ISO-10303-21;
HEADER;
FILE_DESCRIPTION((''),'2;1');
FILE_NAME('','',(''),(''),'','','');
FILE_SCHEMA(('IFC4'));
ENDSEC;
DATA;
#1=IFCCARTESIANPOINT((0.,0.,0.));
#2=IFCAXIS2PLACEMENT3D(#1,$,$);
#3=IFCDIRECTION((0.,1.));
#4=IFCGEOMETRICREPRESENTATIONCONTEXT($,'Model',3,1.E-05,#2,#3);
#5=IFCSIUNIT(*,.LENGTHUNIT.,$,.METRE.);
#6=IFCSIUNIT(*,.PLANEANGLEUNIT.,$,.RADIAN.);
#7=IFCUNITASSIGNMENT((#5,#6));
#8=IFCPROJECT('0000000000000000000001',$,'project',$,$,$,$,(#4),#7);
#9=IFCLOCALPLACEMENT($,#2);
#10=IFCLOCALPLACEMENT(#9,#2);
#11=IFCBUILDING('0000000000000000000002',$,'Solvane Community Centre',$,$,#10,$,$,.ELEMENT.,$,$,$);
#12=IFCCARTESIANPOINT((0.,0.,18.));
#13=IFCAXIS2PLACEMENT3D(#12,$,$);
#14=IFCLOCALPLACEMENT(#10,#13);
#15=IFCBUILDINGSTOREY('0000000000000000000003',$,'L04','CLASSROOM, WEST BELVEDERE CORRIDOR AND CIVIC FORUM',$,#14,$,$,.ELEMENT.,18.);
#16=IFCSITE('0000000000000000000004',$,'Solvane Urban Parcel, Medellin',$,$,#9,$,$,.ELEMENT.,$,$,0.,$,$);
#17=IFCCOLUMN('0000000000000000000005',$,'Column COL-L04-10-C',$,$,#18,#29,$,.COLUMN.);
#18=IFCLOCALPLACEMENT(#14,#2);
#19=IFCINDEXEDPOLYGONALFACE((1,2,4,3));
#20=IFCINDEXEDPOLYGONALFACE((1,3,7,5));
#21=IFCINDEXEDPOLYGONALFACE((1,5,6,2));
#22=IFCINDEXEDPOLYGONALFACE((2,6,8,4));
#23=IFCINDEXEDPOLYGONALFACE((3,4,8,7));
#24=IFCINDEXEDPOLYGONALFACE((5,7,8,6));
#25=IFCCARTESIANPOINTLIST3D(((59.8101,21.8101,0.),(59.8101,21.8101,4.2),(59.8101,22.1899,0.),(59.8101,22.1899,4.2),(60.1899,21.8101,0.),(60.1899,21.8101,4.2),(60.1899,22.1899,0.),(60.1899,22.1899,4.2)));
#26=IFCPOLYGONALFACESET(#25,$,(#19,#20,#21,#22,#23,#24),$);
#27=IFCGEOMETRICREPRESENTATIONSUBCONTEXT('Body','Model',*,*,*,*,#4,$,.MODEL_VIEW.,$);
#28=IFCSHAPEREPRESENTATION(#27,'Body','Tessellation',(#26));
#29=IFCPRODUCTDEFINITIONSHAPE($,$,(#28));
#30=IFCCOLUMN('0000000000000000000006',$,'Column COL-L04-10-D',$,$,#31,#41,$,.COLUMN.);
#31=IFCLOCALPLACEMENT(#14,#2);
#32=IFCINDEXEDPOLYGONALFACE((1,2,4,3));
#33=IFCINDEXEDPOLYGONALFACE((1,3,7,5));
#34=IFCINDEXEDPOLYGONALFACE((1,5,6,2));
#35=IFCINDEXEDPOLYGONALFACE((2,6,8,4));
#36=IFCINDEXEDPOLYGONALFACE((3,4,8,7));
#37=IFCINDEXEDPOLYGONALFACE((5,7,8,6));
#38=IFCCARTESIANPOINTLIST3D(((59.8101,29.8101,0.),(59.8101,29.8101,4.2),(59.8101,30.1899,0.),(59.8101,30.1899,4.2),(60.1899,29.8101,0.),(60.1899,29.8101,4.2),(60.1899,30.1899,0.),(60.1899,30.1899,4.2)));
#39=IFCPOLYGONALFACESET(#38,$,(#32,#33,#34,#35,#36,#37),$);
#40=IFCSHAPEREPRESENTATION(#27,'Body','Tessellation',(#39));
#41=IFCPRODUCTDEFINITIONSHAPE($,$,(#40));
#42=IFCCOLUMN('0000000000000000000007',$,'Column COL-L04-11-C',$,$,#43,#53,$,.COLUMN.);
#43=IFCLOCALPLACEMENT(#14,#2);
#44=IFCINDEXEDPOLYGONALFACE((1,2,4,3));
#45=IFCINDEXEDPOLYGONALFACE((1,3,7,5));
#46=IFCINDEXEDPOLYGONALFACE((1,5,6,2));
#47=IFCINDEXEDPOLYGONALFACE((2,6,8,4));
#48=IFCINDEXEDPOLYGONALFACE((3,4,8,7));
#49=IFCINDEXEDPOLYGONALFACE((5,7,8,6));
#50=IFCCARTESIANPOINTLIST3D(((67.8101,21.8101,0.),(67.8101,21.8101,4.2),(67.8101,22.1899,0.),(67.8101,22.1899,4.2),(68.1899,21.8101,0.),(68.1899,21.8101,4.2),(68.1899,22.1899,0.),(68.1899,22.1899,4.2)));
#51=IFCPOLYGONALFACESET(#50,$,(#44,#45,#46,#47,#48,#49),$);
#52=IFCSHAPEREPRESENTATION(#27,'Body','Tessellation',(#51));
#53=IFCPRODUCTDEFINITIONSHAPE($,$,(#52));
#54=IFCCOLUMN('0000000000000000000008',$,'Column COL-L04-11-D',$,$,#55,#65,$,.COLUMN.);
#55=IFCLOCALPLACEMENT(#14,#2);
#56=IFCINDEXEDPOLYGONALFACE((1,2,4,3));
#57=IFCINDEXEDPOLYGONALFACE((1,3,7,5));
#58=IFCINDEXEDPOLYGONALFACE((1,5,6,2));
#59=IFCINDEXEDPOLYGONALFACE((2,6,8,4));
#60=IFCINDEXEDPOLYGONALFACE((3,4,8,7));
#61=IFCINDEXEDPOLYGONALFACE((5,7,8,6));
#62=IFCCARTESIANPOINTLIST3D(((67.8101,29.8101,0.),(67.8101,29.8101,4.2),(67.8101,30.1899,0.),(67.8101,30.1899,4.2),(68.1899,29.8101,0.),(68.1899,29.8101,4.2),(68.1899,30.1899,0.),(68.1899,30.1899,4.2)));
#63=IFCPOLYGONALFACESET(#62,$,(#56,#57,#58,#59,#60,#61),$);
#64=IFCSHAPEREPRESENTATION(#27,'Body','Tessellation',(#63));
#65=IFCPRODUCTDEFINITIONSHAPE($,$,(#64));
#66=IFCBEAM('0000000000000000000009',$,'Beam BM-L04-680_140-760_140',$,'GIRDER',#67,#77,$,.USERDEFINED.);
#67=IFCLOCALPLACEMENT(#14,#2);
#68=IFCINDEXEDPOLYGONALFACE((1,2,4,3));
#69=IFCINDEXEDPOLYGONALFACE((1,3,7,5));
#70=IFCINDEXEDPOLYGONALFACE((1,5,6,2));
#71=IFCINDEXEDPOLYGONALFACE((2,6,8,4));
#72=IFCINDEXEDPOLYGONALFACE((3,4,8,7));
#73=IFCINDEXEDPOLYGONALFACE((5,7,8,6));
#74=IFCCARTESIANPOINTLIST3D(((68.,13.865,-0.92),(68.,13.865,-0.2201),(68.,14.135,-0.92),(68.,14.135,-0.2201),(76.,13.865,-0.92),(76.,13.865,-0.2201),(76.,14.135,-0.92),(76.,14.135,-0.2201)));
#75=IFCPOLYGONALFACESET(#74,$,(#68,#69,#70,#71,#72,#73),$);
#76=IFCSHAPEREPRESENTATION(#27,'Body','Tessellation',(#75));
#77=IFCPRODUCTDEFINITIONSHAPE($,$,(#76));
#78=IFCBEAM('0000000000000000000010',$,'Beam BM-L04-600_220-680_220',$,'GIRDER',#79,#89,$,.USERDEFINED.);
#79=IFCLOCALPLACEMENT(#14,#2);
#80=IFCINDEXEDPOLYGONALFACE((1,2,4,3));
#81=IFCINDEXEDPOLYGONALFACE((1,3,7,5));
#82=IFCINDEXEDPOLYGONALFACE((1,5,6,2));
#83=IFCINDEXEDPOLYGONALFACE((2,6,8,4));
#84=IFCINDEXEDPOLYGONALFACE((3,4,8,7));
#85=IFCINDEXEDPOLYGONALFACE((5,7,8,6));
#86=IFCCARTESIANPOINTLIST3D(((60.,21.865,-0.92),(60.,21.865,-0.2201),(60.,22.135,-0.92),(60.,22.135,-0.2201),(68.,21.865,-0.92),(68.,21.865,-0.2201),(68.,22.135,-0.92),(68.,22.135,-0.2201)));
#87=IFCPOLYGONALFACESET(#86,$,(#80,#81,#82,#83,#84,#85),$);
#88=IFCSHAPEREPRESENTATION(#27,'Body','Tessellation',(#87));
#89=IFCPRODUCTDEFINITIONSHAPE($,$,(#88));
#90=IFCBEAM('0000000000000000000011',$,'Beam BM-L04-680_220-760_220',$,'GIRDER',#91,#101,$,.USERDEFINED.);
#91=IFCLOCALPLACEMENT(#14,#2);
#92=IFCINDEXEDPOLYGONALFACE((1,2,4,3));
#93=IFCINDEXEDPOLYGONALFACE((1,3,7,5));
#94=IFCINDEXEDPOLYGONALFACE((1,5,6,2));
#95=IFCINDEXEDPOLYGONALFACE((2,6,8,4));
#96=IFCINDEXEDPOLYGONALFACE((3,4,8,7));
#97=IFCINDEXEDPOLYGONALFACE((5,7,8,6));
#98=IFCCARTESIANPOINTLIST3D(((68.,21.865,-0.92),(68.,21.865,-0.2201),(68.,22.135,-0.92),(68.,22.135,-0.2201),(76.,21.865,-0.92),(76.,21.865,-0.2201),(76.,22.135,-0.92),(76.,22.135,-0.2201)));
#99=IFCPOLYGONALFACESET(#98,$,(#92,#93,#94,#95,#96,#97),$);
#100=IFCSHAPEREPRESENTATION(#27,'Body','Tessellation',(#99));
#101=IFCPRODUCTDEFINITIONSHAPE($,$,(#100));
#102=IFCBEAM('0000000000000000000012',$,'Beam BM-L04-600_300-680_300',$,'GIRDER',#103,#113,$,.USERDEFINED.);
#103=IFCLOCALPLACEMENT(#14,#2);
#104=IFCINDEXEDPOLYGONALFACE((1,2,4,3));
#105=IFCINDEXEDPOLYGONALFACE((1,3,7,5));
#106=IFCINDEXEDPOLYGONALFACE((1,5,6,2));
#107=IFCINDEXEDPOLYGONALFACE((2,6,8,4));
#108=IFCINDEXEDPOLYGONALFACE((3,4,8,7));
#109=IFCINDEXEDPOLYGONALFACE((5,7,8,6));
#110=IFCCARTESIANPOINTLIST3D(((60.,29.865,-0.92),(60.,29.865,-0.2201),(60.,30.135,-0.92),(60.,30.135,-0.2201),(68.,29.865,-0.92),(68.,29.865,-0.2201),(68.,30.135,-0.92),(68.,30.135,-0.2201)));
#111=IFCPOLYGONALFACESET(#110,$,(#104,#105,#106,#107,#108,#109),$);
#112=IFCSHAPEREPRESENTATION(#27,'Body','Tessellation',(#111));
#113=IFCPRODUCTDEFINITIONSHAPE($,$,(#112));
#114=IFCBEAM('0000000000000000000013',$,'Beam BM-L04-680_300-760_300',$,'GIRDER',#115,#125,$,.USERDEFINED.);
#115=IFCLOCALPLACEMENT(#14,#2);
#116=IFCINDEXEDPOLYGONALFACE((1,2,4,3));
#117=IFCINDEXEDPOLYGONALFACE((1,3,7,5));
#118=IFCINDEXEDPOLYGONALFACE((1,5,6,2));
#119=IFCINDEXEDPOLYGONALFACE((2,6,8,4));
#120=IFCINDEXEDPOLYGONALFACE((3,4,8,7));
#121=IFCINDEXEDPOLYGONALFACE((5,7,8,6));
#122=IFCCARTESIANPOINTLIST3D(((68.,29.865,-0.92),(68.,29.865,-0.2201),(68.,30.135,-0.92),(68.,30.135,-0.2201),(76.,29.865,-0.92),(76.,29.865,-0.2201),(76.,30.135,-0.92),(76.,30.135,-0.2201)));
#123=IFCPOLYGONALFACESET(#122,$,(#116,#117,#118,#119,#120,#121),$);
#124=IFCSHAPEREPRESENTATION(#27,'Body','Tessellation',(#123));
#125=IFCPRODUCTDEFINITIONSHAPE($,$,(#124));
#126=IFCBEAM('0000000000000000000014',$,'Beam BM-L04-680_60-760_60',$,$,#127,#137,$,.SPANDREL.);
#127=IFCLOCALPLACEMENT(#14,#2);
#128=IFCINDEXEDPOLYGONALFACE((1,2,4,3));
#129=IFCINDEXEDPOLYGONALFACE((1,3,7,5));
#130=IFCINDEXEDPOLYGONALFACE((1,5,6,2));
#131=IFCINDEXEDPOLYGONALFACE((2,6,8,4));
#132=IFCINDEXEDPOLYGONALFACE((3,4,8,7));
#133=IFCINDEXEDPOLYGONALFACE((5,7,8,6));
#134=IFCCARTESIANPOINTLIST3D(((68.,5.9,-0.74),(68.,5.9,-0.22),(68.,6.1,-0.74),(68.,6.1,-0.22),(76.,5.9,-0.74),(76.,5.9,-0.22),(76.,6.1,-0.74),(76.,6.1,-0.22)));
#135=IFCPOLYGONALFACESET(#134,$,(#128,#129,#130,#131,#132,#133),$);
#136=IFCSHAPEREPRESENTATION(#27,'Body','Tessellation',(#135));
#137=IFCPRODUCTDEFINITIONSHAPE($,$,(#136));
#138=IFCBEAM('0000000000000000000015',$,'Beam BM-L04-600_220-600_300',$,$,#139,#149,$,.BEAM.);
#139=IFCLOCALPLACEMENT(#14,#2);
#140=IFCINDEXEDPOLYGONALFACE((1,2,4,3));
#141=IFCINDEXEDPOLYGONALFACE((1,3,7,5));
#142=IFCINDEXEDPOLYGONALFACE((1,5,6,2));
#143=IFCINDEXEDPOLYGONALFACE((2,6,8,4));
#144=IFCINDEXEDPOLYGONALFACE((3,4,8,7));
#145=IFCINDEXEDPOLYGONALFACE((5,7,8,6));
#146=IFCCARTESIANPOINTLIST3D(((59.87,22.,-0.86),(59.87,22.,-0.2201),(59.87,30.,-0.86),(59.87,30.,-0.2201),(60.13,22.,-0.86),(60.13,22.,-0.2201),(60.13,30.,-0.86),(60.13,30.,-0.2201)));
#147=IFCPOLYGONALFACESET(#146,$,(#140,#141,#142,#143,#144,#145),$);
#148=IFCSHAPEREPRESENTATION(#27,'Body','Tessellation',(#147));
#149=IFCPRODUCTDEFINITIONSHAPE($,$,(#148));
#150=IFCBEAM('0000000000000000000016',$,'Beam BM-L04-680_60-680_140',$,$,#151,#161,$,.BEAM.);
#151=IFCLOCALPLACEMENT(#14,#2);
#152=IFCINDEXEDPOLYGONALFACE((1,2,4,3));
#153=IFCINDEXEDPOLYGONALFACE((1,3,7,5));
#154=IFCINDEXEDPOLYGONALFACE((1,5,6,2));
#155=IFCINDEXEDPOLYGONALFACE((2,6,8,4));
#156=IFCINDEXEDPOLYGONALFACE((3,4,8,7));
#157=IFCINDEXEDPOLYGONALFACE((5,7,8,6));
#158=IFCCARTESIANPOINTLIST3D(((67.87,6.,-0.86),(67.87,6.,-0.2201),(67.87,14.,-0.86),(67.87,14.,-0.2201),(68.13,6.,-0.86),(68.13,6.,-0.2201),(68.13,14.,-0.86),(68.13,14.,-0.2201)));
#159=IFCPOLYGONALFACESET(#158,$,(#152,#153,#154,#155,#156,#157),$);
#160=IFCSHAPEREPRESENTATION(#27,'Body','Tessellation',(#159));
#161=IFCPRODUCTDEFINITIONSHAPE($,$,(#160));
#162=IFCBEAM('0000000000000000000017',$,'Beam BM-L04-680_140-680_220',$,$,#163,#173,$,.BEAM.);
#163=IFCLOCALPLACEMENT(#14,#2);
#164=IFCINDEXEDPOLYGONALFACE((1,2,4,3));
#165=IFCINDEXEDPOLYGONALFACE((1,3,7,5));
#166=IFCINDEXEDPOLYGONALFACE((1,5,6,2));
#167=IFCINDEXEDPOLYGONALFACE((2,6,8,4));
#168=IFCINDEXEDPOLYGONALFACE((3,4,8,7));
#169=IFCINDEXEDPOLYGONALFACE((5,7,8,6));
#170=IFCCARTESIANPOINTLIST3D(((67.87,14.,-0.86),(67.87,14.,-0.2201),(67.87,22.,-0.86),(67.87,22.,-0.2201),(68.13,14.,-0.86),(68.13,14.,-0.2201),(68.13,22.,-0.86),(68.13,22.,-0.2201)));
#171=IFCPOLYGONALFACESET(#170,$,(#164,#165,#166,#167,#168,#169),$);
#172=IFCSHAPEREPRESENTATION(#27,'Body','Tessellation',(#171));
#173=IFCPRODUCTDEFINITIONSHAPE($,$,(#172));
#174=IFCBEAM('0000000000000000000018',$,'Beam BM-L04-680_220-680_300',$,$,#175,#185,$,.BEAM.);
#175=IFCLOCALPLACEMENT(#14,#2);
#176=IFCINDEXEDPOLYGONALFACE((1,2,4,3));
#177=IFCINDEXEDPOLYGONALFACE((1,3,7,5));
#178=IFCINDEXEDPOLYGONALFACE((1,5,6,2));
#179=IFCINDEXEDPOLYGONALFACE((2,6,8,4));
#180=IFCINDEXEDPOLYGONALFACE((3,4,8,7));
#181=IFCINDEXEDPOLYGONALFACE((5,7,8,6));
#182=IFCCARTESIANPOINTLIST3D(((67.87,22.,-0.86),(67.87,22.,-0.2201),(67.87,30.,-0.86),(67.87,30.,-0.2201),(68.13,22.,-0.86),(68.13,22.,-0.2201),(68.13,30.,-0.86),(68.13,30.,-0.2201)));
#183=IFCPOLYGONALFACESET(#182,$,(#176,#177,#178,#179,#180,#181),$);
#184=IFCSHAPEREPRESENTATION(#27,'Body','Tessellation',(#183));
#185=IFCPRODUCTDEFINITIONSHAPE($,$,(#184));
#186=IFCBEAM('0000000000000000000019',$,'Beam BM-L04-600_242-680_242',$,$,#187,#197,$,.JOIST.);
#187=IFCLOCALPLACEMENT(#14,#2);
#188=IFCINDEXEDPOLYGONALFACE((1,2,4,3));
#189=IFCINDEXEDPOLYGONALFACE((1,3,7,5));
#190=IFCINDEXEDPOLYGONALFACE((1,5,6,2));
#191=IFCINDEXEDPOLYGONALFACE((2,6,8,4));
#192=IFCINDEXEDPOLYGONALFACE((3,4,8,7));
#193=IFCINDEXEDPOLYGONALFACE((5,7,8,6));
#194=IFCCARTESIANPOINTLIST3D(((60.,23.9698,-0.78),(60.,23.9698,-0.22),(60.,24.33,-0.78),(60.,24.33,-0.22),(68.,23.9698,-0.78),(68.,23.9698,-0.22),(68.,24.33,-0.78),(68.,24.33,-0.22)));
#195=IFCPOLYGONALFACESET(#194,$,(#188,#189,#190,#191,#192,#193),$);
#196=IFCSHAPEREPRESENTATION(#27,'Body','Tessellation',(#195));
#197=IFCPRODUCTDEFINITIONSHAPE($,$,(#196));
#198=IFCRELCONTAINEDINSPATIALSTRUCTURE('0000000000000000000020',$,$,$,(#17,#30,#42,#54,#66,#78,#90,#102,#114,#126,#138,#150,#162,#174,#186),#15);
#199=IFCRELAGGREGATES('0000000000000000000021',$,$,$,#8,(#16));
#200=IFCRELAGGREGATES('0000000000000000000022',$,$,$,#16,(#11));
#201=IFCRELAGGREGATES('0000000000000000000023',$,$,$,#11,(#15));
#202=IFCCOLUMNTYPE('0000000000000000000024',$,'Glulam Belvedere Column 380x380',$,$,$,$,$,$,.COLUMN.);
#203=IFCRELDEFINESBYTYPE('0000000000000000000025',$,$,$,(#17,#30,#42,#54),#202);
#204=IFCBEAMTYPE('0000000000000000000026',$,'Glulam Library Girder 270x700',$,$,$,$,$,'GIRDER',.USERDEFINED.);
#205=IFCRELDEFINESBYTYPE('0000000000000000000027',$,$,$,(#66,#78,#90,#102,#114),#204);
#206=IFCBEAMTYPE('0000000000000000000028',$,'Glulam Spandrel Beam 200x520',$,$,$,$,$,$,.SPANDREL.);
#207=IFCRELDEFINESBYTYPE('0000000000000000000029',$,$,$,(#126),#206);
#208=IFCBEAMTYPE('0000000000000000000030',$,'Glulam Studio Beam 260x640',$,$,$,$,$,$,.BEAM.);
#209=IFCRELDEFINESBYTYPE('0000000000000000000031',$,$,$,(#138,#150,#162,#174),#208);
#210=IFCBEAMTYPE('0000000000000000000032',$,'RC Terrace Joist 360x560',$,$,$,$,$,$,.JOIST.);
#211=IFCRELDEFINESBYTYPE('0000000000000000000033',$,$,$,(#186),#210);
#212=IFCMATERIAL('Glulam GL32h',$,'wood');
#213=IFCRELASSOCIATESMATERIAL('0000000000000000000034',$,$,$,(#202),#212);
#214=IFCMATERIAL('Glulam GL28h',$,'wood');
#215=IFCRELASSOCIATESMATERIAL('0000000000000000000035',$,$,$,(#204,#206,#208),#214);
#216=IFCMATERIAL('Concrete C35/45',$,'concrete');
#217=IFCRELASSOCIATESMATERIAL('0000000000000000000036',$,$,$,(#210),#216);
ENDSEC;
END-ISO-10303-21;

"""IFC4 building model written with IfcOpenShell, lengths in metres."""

from ifc_helpers import new_model, si_unit, direction, frame, origin, origin_2d, place, context, subcontext, project, spatial, rectangle, extrude, material, material_profile, profile_set, type_object, element, save


model = new_model("IFC4")

# Units and contexts
model_context = context("Model", 3, precision=1e-05, world=origin(), true_north=direction((0.0, 1.0)))
body_context = subcontext(model_context, "Body", "Model", "MODEL_VIEW")
ifc_project = project(units=[si_unit("LENGTHUNIT", "METRE"), si_unit("PLANEANGLEUNIT", "RADIAN")], contexts=[model_context])

# Site, building, storey
site_placement = place(None, origin())
site = spatial("IfcSite", under=ifc_project, at=site_placement, Name="Solvane Urban Parcel, Medellin", CompositionType="ELEMENT", RefElevation=0.0)
building_placement = place(site_placement, origin())
building = spatial("IfcBuilding", under=site, at=building_placement, Name="Solvane Community Centre", CompositionType="ELEMENT")
storey_placement = place(building_placement, frame((0.0, 0.0, 18.0)))
storey = spatial("IfcBuildingStorey", under=building, at=storey_placement, Name="L04", Description="CLASSROOM, WEST BELVEDERE CORRIDOR AND CIVIC FORUM", CompositionType="ELEMENT", Elevation=18.0)

# Columns
ifc_material_1 = material(Name="Glulam GL32h", Category="wood")
ifc_material_profile_1 = material_profile(ifc_material_1, rectangle(XDim=0.3799, YDim=0.3799, at=origin_2d()), Name="GL32h 380x380")
ifc_profile_set_1 = profile_set([ifc_material_profile_1], Name="Glulam GL32h")
column_type = type_object("IfcColumnType", Name="Glulam Belvedere Column 380x380", PredefinedType="COLUMN", material=ifc_profile_set_1)
for number, where, z_axis, x_axis, name in (
    (1, (60.0, 22.0, 0.0), (0.0, 0.0, 1.0), (1.0, 0.0, 0.0), "Column COL-L04-10-C"),
    (2, (60.0, 30.0, 0.0), (0.0, 0.0, 1.0), (1.0, 0.0, 0.0), "Column COL-L04-10-D"),
    (3, (68.0, 22.0, 0.0), (0.0, 0.0, 1.0), (1.0, 0.0, 0.0), "Column COL-L04-11-C"),
    (4, (68.0, 30.0, 0.0), (0.0, 0.0, 1.0), (1.0, 0.0, 0.0), "Column COL-L04-11-D"),
):
    element("IfcColumn", number, at=place(storey_placement, frame(where, z_axis=z_axis, x_axis=x_axis)), inside=storey, type_object=column_type, Name=name, PredefinedType="COLUMN", context=body_context, shape_type="SweptSolid", body=[
        extrude(rectangle(XDim=0.3799, YDim=0.3799, at=origin_2d()), origin(), (0.0, 0.0, 1.0), 4.2),
    ])

# Beams
ifc_material_2 = material(Name="Glulam GL28h", Category="wood")
ifc_material_profile_2 = material_profile(ifc_material_2, rectangle(XDim=0.27, YDim=0.7, at=origin_2d()), Name="GL28h 270x700")
ifc_profile_set_2 = profile_set([ifc_material_profile_2], Name="Glulam GL28h")
beam_type_1 = type_object("IfcBeamType", Name="Glulam Library Girder 270x700", ElementType="GIRDER", PredefinedType="USERDEFINED", material=ifc_profile_set_2)
for number, where, z_axis, x_axis, name in (
    (5, (68.0, 14.0, -0.5701), (1.0, 0.0, 0.0), (0.0, 1.0, 0.0), "Beam BM-L04-680_140-760_140"),
    (6, (60.0, 22.0, -0.5701), (1.0, 0.0, 0.0), (0.0, 1.0, 0.0), "Beam BM-L04-600_220-680_220"),
    (7, (68.0, 22.0, -0.5701), (1.0, 0.0, 0.0), (0.0, 1.0, 0.0), "Beam BM-L04-680_220-760_220"),
    (8, (60.0, 30.0, -0.5701), (1.0, 0.0, 0.0), (0.0, 1.0, 0.0), "Beam BM-L04-600_300-680_300"),
    (9, (68.0, 30.0, -0.5701), (1.0, 0.0, 0.0), (0.0, 1.0, 0.0), "Beam BM-L04-680_300-760_300"),
):
    element("IfcBeam", number, at=place(storey_placement, frame(where, z_axis=z_axis, x_axis=x_axis)), inside=storey, type_object=beam_type_1, Name=name, ObjectType="GIRDER", PredefinedType="USERDEFINED", context=body_context, shape_type="SweptSolid", body=[
        extrude(rectangle(XDim=0.27, YDim=0.7, at=origin_2d()), origin(), (0.0, 0.0, 1.0), 8.0),
    ])
ifc_material_profile_3 = material_profile(ifc_material_2, rectangle(XDim=0.2, YDim=0.52, at=origin_2d()), Name="GL28h 200x520")
ifc_profile_set_3 = profile_set([ifc_material_profile_3], Name="Glulam GL28h")
beam_type_2 = type_object("IfcBeamType", Name="Glulam Spandrel Beam 200x520", PredefinedType="SPANDREL", material=ifc_profile_set_3)
beam_1_placement = place(storey_placement, frame((68.0, 6.0, -0.48), z_axis=(1.0, 0.0, 0.0), x_axis=(0.0, 1.0, 0.0)))
element("IfcBeam", 10, at=beam_1_placement, inside=storey, type_object=beam_type_2, Name="Beam BM-L04-680_60-760_60", PredefinedType="SPANDREL", context=body_context, shape_type="SweptSolid", body=[
    extrude(rectangle(XDim=0.2, YDim=0.52, at=origin_2d()), origin(), (0.0, 0.0, 1.0), 8.0),
])
ifc_material_profile_4 = material_profile(ifc_material_2, rectangle(XDim=0.26, YDim=0.6399, at=origin_2d()), Name="GL28h 260x640")
ifc_profile_set_4 = profile_set([ifc_material_profile_4], Name="Glulam GL28h")
beam_type_3 = type_object("IfcBeamType", Name="Glulam Studio Beam 260x640", PredefinedType="BEAM", material=ifc_profile_set_4)
for number, where, z_axis, x_axis, name in (
    (11, (60.0, 22.0, -0.54), (0.0, 1.0, 0.0), (-1.0, 0.0, 0.0), "Beam BM-L04-600_220-600_300"),
    (12, (68.0, 6.0, -0.54), (0.0, 1.0, 0.0), (-1.0, 0.0, 0.0), "Beam BM-L04-680_60-680_140"),
    (13, (68.0, 14.0, -0.54), (0.0, 1.0, 0.0), (-1.0, 0.0, 0.0), "Beam BM-L04-680_140-680_220"),
    (14, (68.0, 22.0, -0.54), (0.0, 1.0, 0.0), (-1.0, 0.0, 0.0), "Beam BM-L04-680_220-680_300"),
):
    element("IfcBeam", number, at=place(storey_placement, frame(where, z_axis=z_axis, x_axis=x_axis)), inside=storey, type_object=beam_type_3, Name=name, PredefinedType="BEAM", context=body_context, shape_type="SweptSolid", body=[
        extrude(rectangle(XDim=0.26, YDim=0.6399, at=origin_2d()), origin(), (0.0, 0.0, 1.0), 8.0),
    ])
ifc_material_3 = material(Name="Concrete C35/45", Category="concrete")
ifc_material_profile_5 = material_profile(ifc_material_3, rectangle(XDim=0.3601, YDim=0.5601, at=origin_2d()), Name="RC 360x560")
ifc_profile_set_5 = profile_set([ifc_material_profile_5], Name="Concrete C35/45")
beam_type_4 = type_object("IfcBeamType", Name="RC Terrace Joist 360x560", PredefinedType="JOIST", material=ifc_profile_set_5)
beam_2_placement = place(storey_placement, frame((60.0, 24.1499, -0.5), z_axis=(1.0, 0.0, 0.0), x_axis=(0.0, 1.0, 0.0)))
element("IfcBeam", 15, at=beam_2_placement, inside=storey, type_object=beam_type_4, Name="Beam BM-L04-600_242-680_242", PredefinedType="JOIST", context=body_context, shape_type="SweptSolid", body=[
    extrude(rectangle(XDim=0.3601, YDim=0.5601, at=origin_2d()), origin(), (0.0, 0.0, 1.0), 8.0),
])

save(model, "model.ifc")
